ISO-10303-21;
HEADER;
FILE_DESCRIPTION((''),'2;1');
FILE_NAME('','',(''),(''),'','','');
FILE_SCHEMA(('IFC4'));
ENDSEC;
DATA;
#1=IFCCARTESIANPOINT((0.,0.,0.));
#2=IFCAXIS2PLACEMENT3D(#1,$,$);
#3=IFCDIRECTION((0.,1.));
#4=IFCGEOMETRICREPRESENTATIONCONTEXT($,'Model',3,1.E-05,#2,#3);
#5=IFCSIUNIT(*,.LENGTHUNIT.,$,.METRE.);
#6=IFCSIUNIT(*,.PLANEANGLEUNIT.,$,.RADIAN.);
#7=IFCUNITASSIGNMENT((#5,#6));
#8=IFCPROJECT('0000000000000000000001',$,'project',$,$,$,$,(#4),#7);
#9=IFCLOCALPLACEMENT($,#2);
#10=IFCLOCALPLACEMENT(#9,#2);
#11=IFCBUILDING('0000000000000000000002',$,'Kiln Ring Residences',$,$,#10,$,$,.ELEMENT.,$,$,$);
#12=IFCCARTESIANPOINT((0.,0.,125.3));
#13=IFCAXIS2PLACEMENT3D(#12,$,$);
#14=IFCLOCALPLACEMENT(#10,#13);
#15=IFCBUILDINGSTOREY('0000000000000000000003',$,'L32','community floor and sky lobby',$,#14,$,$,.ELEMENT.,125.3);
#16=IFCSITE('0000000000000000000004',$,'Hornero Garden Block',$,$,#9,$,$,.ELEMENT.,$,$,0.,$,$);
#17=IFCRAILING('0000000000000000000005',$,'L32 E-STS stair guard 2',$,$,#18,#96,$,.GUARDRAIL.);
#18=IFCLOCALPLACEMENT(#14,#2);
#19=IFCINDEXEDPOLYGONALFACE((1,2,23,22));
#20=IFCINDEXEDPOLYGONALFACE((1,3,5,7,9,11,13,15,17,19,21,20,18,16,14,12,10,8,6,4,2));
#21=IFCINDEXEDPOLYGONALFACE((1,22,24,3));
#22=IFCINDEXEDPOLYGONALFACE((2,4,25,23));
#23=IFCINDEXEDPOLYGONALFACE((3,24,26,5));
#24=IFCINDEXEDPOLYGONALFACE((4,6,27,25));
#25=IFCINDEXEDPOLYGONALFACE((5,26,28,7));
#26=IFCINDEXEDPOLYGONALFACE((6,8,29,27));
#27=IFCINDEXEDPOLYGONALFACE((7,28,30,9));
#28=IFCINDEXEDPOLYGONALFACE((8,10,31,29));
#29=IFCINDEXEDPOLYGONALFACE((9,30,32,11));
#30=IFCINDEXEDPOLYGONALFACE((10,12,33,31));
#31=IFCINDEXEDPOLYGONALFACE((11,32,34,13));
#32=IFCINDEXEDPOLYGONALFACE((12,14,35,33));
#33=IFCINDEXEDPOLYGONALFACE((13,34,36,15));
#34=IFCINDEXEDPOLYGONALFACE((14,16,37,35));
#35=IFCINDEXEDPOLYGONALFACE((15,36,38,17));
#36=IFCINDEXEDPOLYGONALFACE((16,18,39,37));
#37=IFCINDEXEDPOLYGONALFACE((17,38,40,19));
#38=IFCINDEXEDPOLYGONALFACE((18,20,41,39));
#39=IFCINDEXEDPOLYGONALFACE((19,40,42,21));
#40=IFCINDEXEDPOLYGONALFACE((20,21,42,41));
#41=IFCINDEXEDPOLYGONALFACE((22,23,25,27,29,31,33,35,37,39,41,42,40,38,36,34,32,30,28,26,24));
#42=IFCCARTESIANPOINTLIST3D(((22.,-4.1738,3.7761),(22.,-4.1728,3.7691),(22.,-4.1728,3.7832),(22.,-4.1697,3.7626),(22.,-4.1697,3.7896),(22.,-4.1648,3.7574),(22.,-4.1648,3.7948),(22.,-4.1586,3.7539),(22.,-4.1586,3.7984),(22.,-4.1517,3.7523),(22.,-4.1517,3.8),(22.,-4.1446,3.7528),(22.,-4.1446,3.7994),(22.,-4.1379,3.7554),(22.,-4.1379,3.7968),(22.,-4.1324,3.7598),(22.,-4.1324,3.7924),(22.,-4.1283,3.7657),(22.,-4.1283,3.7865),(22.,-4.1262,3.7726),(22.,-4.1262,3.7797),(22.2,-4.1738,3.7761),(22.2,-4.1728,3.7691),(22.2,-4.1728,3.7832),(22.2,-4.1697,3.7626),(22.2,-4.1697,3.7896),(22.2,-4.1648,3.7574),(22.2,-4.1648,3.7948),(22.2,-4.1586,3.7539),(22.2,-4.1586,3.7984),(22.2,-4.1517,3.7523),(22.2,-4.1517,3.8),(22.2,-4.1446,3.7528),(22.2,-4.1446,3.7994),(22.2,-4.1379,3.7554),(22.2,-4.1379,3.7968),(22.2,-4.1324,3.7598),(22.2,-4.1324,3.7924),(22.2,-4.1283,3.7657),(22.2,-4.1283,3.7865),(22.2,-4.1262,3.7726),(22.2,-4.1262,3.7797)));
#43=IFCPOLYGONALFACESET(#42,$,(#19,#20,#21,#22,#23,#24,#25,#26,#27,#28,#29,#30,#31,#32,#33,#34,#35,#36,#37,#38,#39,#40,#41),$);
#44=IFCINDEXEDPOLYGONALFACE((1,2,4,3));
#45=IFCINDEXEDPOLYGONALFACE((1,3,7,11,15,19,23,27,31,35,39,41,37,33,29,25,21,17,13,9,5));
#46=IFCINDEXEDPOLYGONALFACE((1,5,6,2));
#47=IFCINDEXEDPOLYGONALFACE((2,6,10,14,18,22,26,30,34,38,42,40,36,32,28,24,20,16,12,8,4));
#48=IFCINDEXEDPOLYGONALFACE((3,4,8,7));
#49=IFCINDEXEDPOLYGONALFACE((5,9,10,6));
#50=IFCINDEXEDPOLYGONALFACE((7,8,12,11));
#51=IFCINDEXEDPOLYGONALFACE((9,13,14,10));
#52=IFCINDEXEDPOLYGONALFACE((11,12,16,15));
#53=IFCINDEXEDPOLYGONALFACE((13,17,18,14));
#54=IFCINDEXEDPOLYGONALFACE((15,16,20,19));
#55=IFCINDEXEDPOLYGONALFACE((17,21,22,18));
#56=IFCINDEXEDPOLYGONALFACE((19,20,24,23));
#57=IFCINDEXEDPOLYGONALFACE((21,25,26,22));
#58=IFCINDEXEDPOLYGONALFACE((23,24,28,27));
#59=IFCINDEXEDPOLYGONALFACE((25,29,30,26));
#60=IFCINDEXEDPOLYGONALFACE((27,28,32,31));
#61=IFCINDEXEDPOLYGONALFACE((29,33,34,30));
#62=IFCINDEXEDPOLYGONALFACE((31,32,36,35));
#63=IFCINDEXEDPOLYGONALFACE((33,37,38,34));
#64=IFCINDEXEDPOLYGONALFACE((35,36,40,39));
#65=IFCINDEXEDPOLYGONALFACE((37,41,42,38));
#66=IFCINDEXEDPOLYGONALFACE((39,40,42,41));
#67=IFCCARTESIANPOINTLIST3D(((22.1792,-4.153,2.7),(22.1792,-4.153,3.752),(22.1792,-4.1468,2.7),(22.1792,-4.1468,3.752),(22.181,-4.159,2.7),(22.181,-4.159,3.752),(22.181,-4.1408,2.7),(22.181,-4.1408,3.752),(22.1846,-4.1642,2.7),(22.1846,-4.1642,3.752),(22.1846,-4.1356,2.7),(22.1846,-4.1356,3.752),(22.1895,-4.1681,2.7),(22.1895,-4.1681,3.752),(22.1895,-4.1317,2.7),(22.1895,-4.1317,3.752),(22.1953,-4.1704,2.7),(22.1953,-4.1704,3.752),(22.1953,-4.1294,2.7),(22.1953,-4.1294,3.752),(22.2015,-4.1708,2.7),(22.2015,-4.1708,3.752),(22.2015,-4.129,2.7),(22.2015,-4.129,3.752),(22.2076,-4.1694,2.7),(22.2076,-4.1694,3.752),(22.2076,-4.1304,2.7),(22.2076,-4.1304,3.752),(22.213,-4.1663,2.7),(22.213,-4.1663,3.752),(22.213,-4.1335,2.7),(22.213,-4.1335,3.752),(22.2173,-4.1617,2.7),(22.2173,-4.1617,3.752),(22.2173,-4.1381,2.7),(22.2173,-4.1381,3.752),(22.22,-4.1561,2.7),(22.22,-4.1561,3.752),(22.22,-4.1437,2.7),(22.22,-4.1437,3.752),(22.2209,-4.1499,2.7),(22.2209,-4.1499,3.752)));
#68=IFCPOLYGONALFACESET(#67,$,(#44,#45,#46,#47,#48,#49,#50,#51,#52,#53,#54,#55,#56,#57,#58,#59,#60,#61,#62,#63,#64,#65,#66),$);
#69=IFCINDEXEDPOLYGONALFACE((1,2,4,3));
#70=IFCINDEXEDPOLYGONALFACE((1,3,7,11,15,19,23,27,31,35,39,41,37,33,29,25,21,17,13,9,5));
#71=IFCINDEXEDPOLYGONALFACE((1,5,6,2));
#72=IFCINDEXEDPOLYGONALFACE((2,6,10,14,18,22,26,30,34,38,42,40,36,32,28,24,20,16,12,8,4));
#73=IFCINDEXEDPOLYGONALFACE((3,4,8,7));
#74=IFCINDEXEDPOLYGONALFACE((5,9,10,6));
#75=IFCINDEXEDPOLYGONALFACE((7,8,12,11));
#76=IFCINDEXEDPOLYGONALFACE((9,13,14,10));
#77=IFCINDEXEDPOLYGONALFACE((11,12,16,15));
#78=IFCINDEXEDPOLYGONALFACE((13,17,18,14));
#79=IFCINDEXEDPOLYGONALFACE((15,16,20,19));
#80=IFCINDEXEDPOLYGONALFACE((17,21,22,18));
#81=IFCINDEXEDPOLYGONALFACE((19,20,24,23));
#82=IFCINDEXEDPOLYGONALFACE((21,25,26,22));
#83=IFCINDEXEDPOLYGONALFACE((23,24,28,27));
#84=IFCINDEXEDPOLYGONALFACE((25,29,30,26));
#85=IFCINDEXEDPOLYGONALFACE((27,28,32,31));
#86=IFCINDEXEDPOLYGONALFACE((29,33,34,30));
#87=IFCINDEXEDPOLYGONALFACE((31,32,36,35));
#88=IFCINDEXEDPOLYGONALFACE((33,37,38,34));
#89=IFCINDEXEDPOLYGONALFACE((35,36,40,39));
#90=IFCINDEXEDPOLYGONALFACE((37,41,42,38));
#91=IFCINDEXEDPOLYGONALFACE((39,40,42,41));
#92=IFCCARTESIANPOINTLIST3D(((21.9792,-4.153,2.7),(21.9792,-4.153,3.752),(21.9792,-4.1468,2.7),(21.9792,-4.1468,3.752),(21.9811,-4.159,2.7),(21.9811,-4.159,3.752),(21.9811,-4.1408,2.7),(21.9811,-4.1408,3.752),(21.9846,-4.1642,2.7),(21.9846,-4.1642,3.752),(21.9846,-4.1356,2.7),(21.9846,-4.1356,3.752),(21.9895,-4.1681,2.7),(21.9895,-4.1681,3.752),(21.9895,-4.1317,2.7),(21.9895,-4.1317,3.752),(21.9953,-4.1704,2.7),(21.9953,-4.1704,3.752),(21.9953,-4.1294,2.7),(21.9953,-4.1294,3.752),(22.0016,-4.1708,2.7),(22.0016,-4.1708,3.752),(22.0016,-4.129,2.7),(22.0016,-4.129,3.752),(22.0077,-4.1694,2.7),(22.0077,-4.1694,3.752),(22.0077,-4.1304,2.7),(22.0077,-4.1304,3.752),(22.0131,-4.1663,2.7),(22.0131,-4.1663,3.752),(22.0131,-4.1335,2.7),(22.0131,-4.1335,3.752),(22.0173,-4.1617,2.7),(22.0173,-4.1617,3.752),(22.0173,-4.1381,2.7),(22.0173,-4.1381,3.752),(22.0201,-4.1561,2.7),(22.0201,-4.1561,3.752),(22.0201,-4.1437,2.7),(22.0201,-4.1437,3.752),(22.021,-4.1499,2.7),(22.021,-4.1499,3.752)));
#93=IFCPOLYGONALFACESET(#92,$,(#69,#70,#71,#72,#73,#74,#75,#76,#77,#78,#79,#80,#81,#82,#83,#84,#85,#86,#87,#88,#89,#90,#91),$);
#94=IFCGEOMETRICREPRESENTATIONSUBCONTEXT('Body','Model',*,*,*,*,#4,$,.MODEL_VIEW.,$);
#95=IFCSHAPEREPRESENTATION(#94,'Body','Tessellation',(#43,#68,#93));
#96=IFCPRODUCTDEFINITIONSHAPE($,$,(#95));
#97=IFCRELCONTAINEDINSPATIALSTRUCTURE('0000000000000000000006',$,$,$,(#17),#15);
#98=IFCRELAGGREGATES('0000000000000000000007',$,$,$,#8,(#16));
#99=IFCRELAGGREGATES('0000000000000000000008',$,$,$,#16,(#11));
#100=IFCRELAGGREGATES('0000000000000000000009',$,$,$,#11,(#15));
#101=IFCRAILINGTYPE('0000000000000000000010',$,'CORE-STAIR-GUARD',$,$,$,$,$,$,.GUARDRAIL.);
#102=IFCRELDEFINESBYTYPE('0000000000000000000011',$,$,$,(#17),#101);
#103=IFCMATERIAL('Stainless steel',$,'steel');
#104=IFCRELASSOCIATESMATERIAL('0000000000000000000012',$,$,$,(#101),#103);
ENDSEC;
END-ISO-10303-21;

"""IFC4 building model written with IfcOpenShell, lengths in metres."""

from ifc_helpers import new_model, si_unit, direction, frame, origin, origin_2d, place, context, subcontext, project, spatial, circle, extrude, material, type_object, element, save


model = new_model("IFC4")

# Units and contexts
model_context = context("Model", 3, precision=1e-05, world=origin(), true_north=direction((0.0, 1.0)))
body_context = subcontext(model_context, "Body", "Model", "MODEL_VIEW")
ifc_project = project(units=[si_unit("LENGTHUNIT", "METRE"), si_unit("PLANEANGLEUNIT", "RADIAN")], contexts=[model_context])

# Site, building, storey
site_placement = place(None, origin())
site = spatial("IfcSite", under=ifc_project, at=site_placement, Name="Hornero Garden Block", CompositionType="ELEMENT", RefElevation=0.0)
building_placement = place(site_placement, origin())
building = spatial("IfcBuilding", under=site, at=building_placement, Name="Kiln Ring Residences", CompositionType="ELEMENT")
storey_placement = place(building_placement, frame((0.0, 0.0, 125.3)))
storey = spatial("IfcBuildingStorey", under=building, at=storey_placement, Name="L32", Description="community floor and sky lobby", CompositionType="ELEMENT", Elevation=125.3)

# Railing
ifc_material_1 = material(Name="Stainless steel", Category="steel")
railing_type_1 = type_object("IfcRailingType", Name="CORE-STAIR-GUARD", PredefinedType="GUARDRAIL", material=ifc_material_1)
railing_1_placement = place(storey_placement, frame((22.2, -4.1499, 2.7)))
element("IfcRailing", 1, at=railing_1_placement, inside=storey, type_object=railing_type_1, Name="L32 E-STS stair guard 2", PredefinedType="GUARDRAIL", context=body_context, shape_type="SweptSolid", body=[
    extrude(circle(Radius=0.0239, at=origin_2d()), frame((0.0, 0.0, 1.0762), z_axis=(-1.0, 0.0, 0.0), x_axis=(0.0, -1.0, 0.0)), (0.0, 0.0, 1.0), 0.2),
    extrude(circle(Radius=0.021, at=origin_2d()), origin(), (0.0, 0.0, 1.0), 1.052),
    extrude(circle(Radius=0.021, at=origin_2d()), frame((-0.2, 0.0, 0.0)), (0.0, 0.0, 1.0), 1.052),
])

save(model, "model.ifc")
